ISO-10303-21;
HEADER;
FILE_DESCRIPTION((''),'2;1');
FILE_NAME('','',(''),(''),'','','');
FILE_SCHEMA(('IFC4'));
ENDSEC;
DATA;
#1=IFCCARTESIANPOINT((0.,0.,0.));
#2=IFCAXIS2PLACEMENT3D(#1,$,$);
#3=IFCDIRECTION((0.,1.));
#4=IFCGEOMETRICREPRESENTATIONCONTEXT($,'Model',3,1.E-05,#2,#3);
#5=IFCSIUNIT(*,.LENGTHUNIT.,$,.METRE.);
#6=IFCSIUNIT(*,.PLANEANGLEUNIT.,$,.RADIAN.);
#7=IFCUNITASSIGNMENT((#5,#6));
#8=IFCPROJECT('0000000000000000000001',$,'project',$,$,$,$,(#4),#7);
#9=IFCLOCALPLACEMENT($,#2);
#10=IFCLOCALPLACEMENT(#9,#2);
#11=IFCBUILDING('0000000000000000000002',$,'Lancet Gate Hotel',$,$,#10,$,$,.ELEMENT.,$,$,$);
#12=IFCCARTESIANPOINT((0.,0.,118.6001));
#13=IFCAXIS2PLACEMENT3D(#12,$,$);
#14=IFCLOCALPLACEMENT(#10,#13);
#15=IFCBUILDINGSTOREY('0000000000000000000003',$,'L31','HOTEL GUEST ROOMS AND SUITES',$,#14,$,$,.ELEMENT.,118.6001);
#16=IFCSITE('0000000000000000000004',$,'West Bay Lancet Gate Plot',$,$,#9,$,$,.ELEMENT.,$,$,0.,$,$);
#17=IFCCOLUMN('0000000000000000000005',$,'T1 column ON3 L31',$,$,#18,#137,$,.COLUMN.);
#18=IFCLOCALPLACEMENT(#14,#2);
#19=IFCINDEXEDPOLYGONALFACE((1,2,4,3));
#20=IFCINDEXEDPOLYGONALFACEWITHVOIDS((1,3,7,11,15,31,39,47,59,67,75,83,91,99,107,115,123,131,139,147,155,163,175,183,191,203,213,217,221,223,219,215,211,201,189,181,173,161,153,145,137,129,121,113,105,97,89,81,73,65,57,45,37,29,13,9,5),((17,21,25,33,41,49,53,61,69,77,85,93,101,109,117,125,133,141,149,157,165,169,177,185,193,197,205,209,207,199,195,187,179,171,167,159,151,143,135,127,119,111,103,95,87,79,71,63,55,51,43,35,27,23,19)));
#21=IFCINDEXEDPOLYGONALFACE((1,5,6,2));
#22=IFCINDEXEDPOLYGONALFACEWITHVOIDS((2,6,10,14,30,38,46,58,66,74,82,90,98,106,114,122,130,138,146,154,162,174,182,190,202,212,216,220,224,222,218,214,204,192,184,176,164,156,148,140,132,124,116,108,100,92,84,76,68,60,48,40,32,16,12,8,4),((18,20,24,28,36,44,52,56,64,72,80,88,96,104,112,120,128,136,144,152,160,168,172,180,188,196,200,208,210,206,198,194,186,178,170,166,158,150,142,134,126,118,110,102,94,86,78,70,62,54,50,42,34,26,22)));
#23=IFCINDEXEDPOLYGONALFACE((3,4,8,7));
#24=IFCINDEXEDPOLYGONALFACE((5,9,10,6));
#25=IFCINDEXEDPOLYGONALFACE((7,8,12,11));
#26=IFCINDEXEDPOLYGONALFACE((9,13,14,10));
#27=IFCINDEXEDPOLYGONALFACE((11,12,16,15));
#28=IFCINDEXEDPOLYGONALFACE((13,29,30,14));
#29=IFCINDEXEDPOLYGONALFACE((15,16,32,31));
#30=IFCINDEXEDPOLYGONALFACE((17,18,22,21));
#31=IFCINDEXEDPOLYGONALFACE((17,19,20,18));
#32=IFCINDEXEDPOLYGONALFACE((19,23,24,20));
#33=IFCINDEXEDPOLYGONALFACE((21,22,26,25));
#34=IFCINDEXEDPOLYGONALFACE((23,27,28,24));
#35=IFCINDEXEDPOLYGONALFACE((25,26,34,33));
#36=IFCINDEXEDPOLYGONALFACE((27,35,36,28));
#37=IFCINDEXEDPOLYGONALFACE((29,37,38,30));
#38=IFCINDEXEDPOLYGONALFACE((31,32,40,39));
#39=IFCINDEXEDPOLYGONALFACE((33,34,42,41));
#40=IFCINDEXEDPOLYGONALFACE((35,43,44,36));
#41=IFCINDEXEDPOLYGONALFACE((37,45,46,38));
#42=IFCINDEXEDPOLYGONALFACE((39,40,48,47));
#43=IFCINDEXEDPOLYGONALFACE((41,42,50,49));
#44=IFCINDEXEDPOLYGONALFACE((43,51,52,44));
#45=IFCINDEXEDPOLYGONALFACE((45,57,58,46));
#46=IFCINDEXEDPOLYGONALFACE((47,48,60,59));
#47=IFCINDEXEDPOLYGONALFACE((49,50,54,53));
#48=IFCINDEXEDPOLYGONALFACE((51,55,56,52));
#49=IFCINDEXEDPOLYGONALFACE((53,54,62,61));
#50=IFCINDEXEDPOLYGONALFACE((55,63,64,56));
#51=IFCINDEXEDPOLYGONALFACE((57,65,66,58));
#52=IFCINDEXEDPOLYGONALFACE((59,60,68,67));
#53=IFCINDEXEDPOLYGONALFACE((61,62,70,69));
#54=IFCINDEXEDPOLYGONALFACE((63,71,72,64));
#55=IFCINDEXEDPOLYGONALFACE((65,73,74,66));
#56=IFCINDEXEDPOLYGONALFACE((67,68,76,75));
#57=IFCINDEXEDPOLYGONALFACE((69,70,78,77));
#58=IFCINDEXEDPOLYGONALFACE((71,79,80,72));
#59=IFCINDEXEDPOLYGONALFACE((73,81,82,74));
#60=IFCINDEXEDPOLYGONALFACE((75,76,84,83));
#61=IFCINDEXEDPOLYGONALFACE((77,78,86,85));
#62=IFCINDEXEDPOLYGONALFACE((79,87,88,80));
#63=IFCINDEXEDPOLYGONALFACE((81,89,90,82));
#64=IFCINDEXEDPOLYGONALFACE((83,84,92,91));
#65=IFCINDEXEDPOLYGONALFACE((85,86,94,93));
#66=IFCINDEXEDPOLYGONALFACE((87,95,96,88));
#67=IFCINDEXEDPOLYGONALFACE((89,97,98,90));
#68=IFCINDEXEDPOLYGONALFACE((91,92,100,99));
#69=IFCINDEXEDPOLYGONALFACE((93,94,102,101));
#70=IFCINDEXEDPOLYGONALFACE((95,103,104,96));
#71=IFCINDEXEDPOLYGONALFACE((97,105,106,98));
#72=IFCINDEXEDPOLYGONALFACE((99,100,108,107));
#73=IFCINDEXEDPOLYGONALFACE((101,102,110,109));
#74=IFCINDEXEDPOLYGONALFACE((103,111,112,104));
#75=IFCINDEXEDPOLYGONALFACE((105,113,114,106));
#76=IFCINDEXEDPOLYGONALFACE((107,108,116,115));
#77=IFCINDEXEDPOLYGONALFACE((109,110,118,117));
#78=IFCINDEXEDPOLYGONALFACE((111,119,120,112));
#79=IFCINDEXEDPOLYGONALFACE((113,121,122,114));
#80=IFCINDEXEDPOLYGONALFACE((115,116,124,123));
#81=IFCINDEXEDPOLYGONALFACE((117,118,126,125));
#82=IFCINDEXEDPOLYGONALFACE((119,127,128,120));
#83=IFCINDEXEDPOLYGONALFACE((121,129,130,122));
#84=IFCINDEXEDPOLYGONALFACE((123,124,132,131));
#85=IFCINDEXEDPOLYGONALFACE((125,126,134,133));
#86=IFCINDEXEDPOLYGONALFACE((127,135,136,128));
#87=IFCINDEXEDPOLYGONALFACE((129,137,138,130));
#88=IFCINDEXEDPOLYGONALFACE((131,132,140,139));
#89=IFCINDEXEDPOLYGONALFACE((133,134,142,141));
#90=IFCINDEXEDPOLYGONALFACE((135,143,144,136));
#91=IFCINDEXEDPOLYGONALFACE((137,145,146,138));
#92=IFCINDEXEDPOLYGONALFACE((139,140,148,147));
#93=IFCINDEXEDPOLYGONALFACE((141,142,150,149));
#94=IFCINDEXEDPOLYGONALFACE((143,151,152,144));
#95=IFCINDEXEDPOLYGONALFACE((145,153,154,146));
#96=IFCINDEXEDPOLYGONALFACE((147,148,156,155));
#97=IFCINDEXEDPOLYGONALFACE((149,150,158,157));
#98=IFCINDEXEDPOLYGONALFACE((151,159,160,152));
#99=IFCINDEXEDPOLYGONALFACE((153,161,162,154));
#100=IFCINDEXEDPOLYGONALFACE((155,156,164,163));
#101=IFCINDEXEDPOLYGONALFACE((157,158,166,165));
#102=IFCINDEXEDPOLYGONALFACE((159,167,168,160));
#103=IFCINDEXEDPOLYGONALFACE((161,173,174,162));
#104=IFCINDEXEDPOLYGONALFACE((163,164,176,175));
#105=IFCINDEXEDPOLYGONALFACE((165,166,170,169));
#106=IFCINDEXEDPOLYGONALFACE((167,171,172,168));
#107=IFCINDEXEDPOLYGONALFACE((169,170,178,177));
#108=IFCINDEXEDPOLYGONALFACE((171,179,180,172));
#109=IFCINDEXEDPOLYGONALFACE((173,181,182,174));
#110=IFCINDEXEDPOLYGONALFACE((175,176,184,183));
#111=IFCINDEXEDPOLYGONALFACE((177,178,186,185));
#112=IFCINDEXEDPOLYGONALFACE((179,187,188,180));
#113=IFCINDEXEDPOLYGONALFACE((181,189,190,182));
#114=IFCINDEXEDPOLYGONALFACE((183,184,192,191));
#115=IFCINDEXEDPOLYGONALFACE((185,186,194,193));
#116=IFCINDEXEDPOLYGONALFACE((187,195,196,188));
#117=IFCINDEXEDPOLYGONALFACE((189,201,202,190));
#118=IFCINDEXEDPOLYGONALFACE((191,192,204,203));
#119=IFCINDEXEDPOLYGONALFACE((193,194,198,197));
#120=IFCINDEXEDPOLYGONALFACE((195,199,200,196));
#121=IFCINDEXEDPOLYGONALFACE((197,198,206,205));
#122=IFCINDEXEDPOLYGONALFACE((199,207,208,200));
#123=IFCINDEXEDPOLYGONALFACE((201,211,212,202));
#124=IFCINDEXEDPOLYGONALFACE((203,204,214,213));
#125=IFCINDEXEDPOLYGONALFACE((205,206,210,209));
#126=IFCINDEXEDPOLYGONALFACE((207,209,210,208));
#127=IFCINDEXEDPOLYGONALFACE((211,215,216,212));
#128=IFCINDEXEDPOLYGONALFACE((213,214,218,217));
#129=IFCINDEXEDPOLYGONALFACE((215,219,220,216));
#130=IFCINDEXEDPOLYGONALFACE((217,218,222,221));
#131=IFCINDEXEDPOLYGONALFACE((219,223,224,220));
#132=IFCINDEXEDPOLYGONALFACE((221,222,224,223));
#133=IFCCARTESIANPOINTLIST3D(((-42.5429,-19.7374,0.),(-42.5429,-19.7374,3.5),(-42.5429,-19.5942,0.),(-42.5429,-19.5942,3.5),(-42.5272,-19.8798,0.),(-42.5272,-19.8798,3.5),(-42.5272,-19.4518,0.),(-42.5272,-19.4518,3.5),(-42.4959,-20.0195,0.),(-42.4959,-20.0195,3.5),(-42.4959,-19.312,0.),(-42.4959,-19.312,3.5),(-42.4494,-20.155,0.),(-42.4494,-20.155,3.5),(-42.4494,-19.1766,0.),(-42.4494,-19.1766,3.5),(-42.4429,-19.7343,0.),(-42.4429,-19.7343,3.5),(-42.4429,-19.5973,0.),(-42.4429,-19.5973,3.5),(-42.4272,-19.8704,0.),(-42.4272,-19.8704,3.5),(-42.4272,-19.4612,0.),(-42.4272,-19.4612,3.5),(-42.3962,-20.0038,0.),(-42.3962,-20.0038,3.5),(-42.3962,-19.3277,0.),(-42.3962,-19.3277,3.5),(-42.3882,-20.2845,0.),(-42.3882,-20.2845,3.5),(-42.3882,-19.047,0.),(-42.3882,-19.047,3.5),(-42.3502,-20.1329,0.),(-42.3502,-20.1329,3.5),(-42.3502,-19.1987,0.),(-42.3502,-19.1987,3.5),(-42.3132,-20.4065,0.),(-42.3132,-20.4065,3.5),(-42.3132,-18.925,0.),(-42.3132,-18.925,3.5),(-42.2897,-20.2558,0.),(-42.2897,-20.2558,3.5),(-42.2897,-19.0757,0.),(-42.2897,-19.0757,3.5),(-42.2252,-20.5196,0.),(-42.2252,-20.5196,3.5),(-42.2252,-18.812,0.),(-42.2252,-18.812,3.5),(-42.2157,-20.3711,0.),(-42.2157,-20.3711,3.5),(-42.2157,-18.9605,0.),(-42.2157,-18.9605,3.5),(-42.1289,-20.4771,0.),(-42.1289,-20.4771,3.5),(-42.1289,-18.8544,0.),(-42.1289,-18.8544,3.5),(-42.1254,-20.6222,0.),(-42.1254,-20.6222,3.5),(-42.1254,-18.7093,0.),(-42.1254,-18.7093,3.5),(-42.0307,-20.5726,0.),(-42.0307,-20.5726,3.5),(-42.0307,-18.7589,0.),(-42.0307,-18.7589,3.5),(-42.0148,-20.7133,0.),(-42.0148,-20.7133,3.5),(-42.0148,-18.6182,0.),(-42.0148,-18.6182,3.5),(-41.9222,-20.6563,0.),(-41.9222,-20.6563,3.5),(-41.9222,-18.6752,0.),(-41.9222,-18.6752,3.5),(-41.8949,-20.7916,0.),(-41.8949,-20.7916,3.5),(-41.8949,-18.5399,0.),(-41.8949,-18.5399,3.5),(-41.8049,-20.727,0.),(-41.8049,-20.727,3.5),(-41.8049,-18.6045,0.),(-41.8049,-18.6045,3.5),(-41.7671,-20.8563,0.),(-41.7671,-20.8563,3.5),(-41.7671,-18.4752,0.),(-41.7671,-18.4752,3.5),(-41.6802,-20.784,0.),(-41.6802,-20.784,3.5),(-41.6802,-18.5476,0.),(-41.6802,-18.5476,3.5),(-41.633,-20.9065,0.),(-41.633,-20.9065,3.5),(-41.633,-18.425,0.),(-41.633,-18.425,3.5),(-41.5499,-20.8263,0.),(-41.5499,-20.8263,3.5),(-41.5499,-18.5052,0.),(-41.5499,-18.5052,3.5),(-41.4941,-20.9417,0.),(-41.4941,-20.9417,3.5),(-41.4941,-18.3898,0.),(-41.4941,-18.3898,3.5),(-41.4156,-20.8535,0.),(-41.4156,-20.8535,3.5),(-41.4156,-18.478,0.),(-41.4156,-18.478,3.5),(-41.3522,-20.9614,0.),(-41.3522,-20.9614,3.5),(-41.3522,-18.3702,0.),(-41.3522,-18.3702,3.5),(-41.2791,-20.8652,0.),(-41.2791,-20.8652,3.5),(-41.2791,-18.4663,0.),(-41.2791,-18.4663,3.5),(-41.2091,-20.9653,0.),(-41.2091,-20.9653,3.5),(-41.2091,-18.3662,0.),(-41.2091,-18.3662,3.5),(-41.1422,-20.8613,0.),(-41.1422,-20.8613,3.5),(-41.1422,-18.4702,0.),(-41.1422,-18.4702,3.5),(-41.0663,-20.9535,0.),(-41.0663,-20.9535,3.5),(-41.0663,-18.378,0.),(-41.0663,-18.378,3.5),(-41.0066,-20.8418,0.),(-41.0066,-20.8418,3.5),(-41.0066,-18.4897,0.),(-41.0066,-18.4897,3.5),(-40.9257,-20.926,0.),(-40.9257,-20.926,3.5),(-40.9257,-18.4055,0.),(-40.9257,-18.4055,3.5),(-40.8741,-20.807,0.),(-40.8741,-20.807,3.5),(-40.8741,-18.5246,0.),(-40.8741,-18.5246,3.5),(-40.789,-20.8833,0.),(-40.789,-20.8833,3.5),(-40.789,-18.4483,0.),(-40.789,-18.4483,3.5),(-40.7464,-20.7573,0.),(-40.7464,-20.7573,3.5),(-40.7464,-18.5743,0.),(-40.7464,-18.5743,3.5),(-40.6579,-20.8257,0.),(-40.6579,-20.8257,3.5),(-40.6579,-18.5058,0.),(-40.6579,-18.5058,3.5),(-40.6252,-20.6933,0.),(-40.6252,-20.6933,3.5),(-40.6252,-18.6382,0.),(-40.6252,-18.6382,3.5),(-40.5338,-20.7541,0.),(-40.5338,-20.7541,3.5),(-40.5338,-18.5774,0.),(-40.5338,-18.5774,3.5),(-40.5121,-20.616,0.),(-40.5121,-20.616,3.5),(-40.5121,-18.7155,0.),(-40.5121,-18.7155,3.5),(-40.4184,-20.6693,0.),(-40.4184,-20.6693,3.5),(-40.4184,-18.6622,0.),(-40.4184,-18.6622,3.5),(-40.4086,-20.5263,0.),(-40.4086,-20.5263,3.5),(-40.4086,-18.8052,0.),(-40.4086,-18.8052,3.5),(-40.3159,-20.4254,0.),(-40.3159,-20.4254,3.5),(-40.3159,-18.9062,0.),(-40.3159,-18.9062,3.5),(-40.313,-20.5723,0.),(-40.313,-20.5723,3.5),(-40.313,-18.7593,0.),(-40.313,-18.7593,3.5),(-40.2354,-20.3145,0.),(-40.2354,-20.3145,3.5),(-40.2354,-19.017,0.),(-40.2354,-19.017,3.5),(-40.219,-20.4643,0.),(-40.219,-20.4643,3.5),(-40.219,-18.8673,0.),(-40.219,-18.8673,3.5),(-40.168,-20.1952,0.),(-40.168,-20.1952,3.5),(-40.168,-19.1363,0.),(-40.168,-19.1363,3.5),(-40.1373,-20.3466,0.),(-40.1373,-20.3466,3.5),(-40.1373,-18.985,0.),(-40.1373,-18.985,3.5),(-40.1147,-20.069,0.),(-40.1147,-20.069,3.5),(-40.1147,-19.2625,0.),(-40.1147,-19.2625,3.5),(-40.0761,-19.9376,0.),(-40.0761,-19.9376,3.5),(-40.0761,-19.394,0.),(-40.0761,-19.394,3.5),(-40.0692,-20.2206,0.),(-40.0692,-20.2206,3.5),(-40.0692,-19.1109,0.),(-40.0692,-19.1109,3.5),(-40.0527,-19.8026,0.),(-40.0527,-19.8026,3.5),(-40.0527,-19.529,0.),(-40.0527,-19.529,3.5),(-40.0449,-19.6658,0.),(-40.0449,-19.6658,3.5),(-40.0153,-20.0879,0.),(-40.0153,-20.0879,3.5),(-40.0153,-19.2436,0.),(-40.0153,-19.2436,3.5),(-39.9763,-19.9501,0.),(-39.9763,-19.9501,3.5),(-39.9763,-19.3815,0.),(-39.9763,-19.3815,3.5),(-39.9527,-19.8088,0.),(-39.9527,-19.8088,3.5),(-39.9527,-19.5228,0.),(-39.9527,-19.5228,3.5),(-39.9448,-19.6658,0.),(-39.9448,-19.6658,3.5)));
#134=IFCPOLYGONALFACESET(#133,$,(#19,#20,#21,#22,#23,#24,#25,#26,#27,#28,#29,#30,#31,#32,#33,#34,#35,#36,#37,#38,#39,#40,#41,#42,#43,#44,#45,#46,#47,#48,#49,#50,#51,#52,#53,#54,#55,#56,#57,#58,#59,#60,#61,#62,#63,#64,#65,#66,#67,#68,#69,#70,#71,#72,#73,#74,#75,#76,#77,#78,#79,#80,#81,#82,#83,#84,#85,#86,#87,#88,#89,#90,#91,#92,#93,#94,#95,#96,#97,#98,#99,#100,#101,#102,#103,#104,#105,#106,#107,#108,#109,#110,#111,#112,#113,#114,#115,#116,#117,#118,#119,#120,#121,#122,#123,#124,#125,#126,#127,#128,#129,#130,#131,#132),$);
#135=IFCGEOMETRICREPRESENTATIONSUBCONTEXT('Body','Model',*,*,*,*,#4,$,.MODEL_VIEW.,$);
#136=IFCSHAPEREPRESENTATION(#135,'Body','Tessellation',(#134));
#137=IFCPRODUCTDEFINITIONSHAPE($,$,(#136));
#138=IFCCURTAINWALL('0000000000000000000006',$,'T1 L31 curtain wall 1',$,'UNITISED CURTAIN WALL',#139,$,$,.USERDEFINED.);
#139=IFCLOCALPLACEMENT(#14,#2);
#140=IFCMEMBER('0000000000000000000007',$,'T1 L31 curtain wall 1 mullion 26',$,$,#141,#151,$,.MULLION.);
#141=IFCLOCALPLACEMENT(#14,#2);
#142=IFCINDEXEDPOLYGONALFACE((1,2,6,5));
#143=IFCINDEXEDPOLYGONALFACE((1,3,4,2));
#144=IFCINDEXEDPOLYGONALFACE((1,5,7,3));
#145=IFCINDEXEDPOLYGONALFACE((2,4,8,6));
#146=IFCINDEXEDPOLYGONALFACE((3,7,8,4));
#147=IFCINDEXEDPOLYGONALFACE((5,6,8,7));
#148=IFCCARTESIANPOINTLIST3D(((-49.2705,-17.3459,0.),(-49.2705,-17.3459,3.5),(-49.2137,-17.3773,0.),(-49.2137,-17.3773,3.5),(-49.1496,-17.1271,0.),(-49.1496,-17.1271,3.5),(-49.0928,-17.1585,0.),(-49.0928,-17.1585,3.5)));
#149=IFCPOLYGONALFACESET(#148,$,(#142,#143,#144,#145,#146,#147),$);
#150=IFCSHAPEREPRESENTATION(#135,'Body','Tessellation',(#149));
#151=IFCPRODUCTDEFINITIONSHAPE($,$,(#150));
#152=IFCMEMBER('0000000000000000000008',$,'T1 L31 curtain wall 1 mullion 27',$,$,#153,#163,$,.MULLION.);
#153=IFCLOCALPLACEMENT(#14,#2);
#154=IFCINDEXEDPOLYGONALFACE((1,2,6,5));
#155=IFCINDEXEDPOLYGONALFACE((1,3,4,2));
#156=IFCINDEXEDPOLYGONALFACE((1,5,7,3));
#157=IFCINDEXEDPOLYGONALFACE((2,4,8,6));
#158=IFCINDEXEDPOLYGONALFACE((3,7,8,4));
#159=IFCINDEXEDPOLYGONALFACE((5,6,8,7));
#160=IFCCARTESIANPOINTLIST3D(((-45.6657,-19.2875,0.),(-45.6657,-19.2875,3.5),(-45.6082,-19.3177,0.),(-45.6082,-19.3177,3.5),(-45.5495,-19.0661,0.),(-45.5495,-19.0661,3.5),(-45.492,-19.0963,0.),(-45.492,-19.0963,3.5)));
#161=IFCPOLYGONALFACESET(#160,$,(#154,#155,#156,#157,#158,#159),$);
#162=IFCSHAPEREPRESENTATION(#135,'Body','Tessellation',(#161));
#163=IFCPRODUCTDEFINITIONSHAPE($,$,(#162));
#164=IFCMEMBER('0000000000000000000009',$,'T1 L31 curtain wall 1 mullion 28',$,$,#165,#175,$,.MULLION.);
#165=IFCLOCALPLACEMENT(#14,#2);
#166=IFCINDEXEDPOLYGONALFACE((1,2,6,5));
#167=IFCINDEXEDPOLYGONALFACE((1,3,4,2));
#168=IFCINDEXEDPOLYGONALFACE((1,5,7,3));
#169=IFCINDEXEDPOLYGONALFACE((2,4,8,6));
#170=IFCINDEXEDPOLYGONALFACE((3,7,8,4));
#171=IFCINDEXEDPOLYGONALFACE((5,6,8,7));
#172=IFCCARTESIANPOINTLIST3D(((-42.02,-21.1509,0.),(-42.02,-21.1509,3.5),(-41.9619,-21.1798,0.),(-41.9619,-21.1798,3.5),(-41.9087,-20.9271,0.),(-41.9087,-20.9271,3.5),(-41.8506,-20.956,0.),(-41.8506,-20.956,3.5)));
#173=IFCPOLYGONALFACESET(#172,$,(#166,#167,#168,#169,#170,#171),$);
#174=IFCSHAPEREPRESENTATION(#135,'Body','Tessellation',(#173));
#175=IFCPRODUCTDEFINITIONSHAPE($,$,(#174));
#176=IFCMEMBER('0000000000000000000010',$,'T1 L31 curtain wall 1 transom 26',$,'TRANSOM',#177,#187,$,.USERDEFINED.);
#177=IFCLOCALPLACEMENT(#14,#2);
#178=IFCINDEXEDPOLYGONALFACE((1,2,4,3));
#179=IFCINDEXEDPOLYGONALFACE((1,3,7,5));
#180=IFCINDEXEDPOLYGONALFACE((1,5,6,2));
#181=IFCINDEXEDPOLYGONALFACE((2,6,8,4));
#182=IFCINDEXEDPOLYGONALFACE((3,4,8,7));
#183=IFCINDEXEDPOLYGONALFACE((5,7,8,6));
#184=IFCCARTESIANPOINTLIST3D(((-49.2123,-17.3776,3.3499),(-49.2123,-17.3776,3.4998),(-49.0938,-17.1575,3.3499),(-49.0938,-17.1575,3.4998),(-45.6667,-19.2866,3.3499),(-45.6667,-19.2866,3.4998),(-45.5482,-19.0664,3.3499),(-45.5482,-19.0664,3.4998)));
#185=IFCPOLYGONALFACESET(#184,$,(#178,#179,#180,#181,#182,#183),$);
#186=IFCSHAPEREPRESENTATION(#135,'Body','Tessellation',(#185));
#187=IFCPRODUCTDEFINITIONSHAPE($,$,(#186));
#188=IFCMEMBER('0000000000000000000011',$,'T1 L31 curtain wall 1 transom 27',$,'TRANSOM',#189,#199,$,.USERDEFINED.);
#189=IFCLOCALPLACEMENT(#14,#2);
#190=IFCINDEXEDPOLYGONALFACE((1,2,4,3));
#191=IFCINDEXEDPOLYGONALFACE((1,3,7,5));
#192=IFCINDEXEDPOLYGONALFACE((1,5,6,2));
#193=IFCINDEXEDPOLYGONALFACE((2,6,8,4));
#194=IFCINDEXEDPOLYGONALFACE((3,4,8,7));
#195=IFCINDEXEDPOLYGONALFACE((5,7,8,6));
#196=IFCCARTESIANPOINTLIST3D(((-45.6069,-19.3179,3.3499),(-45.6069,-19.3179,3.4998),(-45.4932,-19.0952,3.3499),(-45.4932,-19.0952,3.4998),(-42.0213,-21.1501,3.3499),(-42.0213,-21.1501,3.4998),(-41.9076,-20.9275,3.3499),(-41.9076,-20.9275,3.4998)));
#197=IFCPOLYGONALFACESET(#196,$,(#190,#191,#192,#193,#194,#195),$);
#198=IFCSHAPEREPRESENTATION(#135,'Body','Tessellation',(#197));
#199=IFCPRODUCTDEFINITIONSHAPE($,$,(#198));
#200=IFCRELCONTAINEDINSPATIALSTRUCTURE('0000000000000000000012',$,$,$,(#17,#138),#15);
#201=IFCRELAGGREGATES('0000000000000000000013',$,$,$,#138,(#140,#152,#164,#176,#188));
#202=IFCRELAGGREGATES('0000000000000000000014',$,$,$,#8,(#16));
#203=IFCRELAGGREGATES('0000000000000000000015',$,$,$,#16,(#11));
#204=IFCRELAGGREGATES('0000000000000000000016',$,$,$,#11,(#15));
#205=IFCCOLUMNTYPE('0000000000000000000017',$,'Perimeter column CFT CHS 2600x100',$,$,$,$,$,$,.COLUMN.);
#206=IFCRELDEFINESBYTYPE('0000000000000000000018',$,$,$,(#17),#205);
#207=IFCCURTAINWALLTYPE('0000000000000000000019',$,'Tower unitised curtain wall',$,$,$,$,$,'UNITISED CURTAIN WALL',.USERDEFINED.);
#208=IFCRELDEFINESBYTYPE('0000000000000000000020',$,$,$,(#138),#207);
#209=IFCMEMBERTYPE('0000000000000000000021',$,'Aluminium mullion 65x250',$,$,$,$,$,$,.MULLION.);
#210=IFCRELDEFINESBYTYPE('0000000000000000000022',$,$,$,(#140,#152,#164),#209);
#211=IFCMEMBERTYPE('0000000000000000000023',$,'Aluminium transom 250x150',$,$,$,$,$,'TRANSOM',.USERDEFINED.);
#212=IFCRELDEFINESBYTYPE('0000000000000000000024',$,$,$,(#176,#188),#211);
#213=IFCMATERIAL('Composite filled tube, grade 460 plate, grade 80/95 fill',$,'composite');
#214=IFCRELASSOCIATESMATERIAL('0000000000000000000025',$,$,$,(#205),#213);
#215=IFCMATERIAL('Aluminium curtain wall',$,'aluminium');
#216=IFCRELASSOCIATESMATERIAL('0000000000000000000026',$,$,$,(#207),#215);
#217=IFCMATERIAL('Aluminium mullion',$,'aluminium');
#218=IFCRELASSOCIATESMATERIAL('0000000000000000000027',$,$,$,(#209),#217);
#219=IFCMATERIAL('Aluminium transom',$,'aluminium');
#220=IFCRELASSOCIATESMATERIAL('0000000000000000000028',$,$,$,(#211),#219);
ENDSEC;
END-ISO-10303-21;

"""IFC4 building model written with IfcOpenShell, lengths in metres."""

from ifc_helpers import new_model, si_unit, direction, frame, origin, origin_2d, place, context, subcontext, project, spatial, rectangle, hollow_circle, extrude, material, material_profile, profile_set, type_object, element, aggregate, save


model = new_model("IFC4")

# Units and contexts
model_context = context("Model", 3, precision=1e-05, world=origin(), true_north=direction((0.0, 1.0)))
body_context = subcontext(model_context, "Body", "Model", "MODEL_VIEW")
ifc_project = project(units=[si_unit("LENGTHUNIT", "METRE"), si_unit("PLANEANGLEUNIT", "RADIAN")], contexts=[model_context])

# Site, building, storey
site_placement = place(None, origin())
site = spatial("IfcSite", under=ifc_project, at=site_placement, Name="West Bay Lancet Gate Plot", CompositionType="ELEMENT", RefElevation=0.0)
building_placement = place(site_placement, origin())
building = spatial("IfcBuilding", under=site, at=building_placement, Name="Lancet Gate Hotel", CompositionType="ELEMENT")
storey_placement = place(building_placement, frame((0.0, 0.0, 118.6001)))
storey = spatial("IfcBuildingStorey", under=building, at=storey_placement, Name="L31", Description="HOTEL GUEST ROOMS AND SUITES", CompositionType="ELEMENT", Elevation=118.6001)

# Column
ifc_material_1 = material(Name="Composite filled tube, grade 460 plate, grade 80/95 fill", Category="composite")
ifc_material_profile_1 = material_profile(ifc_material_1, hollow_circle(Radius=1.3, WallThickness=0.1001, at=origin_2d()), Name="CHS 2600x100")
ifc_profile_set_1 = profile_set([ifc_material_profile_1], Name="Composite filled tube, grade 460 plate, grade 80/95 fill")
column_type = type_object("IfcColumnType", Name="Perimeter column CFT CHS 2600x100", PredefinedType="COLUMN", material=ifc_profile_set_1)
column_placement = place(storey_placement, frame((-41.2449, -19.6658, 0.0), z_axis=(0.0, 0.0, 1.0), x_axis=(1.0, 0.0, 0.0)))
element("IfcColumn", 1, at=column_placement, inside=storey, type_object=column_type, Name="T1 column ON3 L31", PredefinedType="COLUMN", context=body_context, shape_type="SweptSolid", body=[
    extrude(hollow_circle(Radius=1.3, WallThickness=0.1001, at=origin_2d()), origin(), (0.0, 0.0, 1.0), 3.5),
])

# Curtain wall, members
ifc_material_2 = material(Name="Aluminium curtain wall", Category="aluminium")
curtain_wall_type = type_object("IfcCurtainWallType", Name="Tower unitised curtain wall", ElementType="UNITISED CURTAIN WALL", PredefinedType="USERDEFINED", material=ifc_material_2)
curtain_wall_placement = place(storey_placement, origin())
curtain_wall = element("IfcCurtainWall", 2, at=curtain_wall_placement, inside=storey, type_object=curtain_wall_type, Name="T1 L31 curtain wall 1", ObjectType="UNITISED CURTAIN WALL", PredefinedType="USERDEFINED")
ifc_material_3 = material(Name="Aluminium mullion", Category="aluminium")
ifc_material_profile_2 = material_profile(ifc_material_3, rectangle(XDim=0.0649, YDim=0.25, at=origin_2d()), Name="MULLION 65x250")
ifc_profile_set_2 = profile_set([ifc_material_profile_2], Name="Aluminium mullion")
member_type_1 = type_object("IfcMemberType", Name="Aluminium mullion 65x250", PredefinedType="MULLION", material=ifc_profile_set_2)
member_1_placement = place(storey_placement, frame((-49.1816, -17.2522, 0.0), z_axis=(0.0, 0.0, 1.0), x_axis=(0.875339, -0.48351, 0.0)))
member_1 = element("IfcMember", 3, at=member_1_placement, type_object=member_type_1, Name="T1 L31 curtain wall 1 mullion 26", PredefinedType="MULLION", context=body_context, shape_type="SweptSolid", body=[
    extrude(rectangle(XDim=0.0649, YDim=0.25, at=origin_2d()), origin(), (0.0, 0.0, 1.0), 3.5),
])
member_2_placement = place(storey_placement, frame((-45.5789, -19.1919, 0.0), z_axis=(0.0, 0.0, 1.0), x_axis=(0.885544, -0.464555, 0.0)))
member_2 = element("IfcMember", 4, at=member_2_placement, type_object=member_type_1, Name="T1 L31 curtain wall 1 mullion 27", PredefinedType="MULLION", context=body_context, shape_type="SweptSolid", body=[
    extrude(rectangle(XDim=0.0649, YDim=0.25, at=origin_2d()), origin(), (0.0, 0.0, 1.0), 3.5),
])
member_3_placement = place(storey_placement, frame((-41.9353, -21.0535, 0.0), z_axis=(0.0, 0.0, 1.0), x_axis=(0.895339, -0.445384, 0.0)))
member_3 = element("IfcMember", 5, at=member_3_placement, type_object=member_type_1, Name="T1 L31 curtain wall 1 mullion 28", PredefinedType="MULLION", context=body_context, shape_type="SweptSolid", body=[
    extrude(rectangle(XDim=0.0649, YDim=0.25, at=origin_2d()), origin(), (0.0, 0.0, 1.0), 3.5),
])
ifc_material_4 = material(Name="Aluminium transom", Category="aluminium")
ifc_material_profile_3 = material_profile(ifc_material_4, rectangle(XDim=0.25, YDim=0.1499, at=origin_2d()), Name="TRANSOM 250x150")
ifc_profile_set_3 = profile_set([ifc_material_profile_3], Name="Aluminium transom")
member_type_2 = type_object("IfcMemberType", Name="Aluminium transom 250x150", ElementType="TRANSOM", PredefinedType="USERDEFINED", material=ifc_profile_set_3)
member_4_placement = place(storey_placement, frame((-49.1531, -17.2676, 3.4248), z_axis=(0.880498, -0.474049, 0.0), x_axis=(0.474049, 0.880498, 0.0)))
member_4 = element("IfcMember", 6, at=member_4_placement, type_object=member_type_2, Name="T1 L31 curtain wall 1 transom 26", ObjectType="TRANSOM", PredefinedType="USERDEFINED", context=body_context, shape_type="SweptSolid", body=[
    extrude(rectangle(XDim=0.25, YDim=0.1499, at=origin_2d()), origin(), (0.0, 0.0, 1.0), 4.0269),
])
member_5_placement = place(storey_placement, frame((-45.55, -19.2065, 3.4248), z_axis=(0.890476, -0.45503, 0.0), x_axis=(0.45503, 0.890476, 0.0)))
member_5 = element("IfcMember", 7, at=member_5_placement, type_object=member_type_2, Name="T1 L31 curtain wall 1 transom 27", ObjectType="TRANSOM", PredefinedType="USERDEFINED", context=body_context, shape_type="SweptSolid", body=[
    extrude(rectangle(XDim=0.25, YDim=0.1499, at=origin_2d()), origin(), (0.0, 0.0, 1.0), 4.0266),
])

aggregate(curtain_wall, [member_1, member_2, member_3, member_4, member_5])

save(model, "model.ifc")
